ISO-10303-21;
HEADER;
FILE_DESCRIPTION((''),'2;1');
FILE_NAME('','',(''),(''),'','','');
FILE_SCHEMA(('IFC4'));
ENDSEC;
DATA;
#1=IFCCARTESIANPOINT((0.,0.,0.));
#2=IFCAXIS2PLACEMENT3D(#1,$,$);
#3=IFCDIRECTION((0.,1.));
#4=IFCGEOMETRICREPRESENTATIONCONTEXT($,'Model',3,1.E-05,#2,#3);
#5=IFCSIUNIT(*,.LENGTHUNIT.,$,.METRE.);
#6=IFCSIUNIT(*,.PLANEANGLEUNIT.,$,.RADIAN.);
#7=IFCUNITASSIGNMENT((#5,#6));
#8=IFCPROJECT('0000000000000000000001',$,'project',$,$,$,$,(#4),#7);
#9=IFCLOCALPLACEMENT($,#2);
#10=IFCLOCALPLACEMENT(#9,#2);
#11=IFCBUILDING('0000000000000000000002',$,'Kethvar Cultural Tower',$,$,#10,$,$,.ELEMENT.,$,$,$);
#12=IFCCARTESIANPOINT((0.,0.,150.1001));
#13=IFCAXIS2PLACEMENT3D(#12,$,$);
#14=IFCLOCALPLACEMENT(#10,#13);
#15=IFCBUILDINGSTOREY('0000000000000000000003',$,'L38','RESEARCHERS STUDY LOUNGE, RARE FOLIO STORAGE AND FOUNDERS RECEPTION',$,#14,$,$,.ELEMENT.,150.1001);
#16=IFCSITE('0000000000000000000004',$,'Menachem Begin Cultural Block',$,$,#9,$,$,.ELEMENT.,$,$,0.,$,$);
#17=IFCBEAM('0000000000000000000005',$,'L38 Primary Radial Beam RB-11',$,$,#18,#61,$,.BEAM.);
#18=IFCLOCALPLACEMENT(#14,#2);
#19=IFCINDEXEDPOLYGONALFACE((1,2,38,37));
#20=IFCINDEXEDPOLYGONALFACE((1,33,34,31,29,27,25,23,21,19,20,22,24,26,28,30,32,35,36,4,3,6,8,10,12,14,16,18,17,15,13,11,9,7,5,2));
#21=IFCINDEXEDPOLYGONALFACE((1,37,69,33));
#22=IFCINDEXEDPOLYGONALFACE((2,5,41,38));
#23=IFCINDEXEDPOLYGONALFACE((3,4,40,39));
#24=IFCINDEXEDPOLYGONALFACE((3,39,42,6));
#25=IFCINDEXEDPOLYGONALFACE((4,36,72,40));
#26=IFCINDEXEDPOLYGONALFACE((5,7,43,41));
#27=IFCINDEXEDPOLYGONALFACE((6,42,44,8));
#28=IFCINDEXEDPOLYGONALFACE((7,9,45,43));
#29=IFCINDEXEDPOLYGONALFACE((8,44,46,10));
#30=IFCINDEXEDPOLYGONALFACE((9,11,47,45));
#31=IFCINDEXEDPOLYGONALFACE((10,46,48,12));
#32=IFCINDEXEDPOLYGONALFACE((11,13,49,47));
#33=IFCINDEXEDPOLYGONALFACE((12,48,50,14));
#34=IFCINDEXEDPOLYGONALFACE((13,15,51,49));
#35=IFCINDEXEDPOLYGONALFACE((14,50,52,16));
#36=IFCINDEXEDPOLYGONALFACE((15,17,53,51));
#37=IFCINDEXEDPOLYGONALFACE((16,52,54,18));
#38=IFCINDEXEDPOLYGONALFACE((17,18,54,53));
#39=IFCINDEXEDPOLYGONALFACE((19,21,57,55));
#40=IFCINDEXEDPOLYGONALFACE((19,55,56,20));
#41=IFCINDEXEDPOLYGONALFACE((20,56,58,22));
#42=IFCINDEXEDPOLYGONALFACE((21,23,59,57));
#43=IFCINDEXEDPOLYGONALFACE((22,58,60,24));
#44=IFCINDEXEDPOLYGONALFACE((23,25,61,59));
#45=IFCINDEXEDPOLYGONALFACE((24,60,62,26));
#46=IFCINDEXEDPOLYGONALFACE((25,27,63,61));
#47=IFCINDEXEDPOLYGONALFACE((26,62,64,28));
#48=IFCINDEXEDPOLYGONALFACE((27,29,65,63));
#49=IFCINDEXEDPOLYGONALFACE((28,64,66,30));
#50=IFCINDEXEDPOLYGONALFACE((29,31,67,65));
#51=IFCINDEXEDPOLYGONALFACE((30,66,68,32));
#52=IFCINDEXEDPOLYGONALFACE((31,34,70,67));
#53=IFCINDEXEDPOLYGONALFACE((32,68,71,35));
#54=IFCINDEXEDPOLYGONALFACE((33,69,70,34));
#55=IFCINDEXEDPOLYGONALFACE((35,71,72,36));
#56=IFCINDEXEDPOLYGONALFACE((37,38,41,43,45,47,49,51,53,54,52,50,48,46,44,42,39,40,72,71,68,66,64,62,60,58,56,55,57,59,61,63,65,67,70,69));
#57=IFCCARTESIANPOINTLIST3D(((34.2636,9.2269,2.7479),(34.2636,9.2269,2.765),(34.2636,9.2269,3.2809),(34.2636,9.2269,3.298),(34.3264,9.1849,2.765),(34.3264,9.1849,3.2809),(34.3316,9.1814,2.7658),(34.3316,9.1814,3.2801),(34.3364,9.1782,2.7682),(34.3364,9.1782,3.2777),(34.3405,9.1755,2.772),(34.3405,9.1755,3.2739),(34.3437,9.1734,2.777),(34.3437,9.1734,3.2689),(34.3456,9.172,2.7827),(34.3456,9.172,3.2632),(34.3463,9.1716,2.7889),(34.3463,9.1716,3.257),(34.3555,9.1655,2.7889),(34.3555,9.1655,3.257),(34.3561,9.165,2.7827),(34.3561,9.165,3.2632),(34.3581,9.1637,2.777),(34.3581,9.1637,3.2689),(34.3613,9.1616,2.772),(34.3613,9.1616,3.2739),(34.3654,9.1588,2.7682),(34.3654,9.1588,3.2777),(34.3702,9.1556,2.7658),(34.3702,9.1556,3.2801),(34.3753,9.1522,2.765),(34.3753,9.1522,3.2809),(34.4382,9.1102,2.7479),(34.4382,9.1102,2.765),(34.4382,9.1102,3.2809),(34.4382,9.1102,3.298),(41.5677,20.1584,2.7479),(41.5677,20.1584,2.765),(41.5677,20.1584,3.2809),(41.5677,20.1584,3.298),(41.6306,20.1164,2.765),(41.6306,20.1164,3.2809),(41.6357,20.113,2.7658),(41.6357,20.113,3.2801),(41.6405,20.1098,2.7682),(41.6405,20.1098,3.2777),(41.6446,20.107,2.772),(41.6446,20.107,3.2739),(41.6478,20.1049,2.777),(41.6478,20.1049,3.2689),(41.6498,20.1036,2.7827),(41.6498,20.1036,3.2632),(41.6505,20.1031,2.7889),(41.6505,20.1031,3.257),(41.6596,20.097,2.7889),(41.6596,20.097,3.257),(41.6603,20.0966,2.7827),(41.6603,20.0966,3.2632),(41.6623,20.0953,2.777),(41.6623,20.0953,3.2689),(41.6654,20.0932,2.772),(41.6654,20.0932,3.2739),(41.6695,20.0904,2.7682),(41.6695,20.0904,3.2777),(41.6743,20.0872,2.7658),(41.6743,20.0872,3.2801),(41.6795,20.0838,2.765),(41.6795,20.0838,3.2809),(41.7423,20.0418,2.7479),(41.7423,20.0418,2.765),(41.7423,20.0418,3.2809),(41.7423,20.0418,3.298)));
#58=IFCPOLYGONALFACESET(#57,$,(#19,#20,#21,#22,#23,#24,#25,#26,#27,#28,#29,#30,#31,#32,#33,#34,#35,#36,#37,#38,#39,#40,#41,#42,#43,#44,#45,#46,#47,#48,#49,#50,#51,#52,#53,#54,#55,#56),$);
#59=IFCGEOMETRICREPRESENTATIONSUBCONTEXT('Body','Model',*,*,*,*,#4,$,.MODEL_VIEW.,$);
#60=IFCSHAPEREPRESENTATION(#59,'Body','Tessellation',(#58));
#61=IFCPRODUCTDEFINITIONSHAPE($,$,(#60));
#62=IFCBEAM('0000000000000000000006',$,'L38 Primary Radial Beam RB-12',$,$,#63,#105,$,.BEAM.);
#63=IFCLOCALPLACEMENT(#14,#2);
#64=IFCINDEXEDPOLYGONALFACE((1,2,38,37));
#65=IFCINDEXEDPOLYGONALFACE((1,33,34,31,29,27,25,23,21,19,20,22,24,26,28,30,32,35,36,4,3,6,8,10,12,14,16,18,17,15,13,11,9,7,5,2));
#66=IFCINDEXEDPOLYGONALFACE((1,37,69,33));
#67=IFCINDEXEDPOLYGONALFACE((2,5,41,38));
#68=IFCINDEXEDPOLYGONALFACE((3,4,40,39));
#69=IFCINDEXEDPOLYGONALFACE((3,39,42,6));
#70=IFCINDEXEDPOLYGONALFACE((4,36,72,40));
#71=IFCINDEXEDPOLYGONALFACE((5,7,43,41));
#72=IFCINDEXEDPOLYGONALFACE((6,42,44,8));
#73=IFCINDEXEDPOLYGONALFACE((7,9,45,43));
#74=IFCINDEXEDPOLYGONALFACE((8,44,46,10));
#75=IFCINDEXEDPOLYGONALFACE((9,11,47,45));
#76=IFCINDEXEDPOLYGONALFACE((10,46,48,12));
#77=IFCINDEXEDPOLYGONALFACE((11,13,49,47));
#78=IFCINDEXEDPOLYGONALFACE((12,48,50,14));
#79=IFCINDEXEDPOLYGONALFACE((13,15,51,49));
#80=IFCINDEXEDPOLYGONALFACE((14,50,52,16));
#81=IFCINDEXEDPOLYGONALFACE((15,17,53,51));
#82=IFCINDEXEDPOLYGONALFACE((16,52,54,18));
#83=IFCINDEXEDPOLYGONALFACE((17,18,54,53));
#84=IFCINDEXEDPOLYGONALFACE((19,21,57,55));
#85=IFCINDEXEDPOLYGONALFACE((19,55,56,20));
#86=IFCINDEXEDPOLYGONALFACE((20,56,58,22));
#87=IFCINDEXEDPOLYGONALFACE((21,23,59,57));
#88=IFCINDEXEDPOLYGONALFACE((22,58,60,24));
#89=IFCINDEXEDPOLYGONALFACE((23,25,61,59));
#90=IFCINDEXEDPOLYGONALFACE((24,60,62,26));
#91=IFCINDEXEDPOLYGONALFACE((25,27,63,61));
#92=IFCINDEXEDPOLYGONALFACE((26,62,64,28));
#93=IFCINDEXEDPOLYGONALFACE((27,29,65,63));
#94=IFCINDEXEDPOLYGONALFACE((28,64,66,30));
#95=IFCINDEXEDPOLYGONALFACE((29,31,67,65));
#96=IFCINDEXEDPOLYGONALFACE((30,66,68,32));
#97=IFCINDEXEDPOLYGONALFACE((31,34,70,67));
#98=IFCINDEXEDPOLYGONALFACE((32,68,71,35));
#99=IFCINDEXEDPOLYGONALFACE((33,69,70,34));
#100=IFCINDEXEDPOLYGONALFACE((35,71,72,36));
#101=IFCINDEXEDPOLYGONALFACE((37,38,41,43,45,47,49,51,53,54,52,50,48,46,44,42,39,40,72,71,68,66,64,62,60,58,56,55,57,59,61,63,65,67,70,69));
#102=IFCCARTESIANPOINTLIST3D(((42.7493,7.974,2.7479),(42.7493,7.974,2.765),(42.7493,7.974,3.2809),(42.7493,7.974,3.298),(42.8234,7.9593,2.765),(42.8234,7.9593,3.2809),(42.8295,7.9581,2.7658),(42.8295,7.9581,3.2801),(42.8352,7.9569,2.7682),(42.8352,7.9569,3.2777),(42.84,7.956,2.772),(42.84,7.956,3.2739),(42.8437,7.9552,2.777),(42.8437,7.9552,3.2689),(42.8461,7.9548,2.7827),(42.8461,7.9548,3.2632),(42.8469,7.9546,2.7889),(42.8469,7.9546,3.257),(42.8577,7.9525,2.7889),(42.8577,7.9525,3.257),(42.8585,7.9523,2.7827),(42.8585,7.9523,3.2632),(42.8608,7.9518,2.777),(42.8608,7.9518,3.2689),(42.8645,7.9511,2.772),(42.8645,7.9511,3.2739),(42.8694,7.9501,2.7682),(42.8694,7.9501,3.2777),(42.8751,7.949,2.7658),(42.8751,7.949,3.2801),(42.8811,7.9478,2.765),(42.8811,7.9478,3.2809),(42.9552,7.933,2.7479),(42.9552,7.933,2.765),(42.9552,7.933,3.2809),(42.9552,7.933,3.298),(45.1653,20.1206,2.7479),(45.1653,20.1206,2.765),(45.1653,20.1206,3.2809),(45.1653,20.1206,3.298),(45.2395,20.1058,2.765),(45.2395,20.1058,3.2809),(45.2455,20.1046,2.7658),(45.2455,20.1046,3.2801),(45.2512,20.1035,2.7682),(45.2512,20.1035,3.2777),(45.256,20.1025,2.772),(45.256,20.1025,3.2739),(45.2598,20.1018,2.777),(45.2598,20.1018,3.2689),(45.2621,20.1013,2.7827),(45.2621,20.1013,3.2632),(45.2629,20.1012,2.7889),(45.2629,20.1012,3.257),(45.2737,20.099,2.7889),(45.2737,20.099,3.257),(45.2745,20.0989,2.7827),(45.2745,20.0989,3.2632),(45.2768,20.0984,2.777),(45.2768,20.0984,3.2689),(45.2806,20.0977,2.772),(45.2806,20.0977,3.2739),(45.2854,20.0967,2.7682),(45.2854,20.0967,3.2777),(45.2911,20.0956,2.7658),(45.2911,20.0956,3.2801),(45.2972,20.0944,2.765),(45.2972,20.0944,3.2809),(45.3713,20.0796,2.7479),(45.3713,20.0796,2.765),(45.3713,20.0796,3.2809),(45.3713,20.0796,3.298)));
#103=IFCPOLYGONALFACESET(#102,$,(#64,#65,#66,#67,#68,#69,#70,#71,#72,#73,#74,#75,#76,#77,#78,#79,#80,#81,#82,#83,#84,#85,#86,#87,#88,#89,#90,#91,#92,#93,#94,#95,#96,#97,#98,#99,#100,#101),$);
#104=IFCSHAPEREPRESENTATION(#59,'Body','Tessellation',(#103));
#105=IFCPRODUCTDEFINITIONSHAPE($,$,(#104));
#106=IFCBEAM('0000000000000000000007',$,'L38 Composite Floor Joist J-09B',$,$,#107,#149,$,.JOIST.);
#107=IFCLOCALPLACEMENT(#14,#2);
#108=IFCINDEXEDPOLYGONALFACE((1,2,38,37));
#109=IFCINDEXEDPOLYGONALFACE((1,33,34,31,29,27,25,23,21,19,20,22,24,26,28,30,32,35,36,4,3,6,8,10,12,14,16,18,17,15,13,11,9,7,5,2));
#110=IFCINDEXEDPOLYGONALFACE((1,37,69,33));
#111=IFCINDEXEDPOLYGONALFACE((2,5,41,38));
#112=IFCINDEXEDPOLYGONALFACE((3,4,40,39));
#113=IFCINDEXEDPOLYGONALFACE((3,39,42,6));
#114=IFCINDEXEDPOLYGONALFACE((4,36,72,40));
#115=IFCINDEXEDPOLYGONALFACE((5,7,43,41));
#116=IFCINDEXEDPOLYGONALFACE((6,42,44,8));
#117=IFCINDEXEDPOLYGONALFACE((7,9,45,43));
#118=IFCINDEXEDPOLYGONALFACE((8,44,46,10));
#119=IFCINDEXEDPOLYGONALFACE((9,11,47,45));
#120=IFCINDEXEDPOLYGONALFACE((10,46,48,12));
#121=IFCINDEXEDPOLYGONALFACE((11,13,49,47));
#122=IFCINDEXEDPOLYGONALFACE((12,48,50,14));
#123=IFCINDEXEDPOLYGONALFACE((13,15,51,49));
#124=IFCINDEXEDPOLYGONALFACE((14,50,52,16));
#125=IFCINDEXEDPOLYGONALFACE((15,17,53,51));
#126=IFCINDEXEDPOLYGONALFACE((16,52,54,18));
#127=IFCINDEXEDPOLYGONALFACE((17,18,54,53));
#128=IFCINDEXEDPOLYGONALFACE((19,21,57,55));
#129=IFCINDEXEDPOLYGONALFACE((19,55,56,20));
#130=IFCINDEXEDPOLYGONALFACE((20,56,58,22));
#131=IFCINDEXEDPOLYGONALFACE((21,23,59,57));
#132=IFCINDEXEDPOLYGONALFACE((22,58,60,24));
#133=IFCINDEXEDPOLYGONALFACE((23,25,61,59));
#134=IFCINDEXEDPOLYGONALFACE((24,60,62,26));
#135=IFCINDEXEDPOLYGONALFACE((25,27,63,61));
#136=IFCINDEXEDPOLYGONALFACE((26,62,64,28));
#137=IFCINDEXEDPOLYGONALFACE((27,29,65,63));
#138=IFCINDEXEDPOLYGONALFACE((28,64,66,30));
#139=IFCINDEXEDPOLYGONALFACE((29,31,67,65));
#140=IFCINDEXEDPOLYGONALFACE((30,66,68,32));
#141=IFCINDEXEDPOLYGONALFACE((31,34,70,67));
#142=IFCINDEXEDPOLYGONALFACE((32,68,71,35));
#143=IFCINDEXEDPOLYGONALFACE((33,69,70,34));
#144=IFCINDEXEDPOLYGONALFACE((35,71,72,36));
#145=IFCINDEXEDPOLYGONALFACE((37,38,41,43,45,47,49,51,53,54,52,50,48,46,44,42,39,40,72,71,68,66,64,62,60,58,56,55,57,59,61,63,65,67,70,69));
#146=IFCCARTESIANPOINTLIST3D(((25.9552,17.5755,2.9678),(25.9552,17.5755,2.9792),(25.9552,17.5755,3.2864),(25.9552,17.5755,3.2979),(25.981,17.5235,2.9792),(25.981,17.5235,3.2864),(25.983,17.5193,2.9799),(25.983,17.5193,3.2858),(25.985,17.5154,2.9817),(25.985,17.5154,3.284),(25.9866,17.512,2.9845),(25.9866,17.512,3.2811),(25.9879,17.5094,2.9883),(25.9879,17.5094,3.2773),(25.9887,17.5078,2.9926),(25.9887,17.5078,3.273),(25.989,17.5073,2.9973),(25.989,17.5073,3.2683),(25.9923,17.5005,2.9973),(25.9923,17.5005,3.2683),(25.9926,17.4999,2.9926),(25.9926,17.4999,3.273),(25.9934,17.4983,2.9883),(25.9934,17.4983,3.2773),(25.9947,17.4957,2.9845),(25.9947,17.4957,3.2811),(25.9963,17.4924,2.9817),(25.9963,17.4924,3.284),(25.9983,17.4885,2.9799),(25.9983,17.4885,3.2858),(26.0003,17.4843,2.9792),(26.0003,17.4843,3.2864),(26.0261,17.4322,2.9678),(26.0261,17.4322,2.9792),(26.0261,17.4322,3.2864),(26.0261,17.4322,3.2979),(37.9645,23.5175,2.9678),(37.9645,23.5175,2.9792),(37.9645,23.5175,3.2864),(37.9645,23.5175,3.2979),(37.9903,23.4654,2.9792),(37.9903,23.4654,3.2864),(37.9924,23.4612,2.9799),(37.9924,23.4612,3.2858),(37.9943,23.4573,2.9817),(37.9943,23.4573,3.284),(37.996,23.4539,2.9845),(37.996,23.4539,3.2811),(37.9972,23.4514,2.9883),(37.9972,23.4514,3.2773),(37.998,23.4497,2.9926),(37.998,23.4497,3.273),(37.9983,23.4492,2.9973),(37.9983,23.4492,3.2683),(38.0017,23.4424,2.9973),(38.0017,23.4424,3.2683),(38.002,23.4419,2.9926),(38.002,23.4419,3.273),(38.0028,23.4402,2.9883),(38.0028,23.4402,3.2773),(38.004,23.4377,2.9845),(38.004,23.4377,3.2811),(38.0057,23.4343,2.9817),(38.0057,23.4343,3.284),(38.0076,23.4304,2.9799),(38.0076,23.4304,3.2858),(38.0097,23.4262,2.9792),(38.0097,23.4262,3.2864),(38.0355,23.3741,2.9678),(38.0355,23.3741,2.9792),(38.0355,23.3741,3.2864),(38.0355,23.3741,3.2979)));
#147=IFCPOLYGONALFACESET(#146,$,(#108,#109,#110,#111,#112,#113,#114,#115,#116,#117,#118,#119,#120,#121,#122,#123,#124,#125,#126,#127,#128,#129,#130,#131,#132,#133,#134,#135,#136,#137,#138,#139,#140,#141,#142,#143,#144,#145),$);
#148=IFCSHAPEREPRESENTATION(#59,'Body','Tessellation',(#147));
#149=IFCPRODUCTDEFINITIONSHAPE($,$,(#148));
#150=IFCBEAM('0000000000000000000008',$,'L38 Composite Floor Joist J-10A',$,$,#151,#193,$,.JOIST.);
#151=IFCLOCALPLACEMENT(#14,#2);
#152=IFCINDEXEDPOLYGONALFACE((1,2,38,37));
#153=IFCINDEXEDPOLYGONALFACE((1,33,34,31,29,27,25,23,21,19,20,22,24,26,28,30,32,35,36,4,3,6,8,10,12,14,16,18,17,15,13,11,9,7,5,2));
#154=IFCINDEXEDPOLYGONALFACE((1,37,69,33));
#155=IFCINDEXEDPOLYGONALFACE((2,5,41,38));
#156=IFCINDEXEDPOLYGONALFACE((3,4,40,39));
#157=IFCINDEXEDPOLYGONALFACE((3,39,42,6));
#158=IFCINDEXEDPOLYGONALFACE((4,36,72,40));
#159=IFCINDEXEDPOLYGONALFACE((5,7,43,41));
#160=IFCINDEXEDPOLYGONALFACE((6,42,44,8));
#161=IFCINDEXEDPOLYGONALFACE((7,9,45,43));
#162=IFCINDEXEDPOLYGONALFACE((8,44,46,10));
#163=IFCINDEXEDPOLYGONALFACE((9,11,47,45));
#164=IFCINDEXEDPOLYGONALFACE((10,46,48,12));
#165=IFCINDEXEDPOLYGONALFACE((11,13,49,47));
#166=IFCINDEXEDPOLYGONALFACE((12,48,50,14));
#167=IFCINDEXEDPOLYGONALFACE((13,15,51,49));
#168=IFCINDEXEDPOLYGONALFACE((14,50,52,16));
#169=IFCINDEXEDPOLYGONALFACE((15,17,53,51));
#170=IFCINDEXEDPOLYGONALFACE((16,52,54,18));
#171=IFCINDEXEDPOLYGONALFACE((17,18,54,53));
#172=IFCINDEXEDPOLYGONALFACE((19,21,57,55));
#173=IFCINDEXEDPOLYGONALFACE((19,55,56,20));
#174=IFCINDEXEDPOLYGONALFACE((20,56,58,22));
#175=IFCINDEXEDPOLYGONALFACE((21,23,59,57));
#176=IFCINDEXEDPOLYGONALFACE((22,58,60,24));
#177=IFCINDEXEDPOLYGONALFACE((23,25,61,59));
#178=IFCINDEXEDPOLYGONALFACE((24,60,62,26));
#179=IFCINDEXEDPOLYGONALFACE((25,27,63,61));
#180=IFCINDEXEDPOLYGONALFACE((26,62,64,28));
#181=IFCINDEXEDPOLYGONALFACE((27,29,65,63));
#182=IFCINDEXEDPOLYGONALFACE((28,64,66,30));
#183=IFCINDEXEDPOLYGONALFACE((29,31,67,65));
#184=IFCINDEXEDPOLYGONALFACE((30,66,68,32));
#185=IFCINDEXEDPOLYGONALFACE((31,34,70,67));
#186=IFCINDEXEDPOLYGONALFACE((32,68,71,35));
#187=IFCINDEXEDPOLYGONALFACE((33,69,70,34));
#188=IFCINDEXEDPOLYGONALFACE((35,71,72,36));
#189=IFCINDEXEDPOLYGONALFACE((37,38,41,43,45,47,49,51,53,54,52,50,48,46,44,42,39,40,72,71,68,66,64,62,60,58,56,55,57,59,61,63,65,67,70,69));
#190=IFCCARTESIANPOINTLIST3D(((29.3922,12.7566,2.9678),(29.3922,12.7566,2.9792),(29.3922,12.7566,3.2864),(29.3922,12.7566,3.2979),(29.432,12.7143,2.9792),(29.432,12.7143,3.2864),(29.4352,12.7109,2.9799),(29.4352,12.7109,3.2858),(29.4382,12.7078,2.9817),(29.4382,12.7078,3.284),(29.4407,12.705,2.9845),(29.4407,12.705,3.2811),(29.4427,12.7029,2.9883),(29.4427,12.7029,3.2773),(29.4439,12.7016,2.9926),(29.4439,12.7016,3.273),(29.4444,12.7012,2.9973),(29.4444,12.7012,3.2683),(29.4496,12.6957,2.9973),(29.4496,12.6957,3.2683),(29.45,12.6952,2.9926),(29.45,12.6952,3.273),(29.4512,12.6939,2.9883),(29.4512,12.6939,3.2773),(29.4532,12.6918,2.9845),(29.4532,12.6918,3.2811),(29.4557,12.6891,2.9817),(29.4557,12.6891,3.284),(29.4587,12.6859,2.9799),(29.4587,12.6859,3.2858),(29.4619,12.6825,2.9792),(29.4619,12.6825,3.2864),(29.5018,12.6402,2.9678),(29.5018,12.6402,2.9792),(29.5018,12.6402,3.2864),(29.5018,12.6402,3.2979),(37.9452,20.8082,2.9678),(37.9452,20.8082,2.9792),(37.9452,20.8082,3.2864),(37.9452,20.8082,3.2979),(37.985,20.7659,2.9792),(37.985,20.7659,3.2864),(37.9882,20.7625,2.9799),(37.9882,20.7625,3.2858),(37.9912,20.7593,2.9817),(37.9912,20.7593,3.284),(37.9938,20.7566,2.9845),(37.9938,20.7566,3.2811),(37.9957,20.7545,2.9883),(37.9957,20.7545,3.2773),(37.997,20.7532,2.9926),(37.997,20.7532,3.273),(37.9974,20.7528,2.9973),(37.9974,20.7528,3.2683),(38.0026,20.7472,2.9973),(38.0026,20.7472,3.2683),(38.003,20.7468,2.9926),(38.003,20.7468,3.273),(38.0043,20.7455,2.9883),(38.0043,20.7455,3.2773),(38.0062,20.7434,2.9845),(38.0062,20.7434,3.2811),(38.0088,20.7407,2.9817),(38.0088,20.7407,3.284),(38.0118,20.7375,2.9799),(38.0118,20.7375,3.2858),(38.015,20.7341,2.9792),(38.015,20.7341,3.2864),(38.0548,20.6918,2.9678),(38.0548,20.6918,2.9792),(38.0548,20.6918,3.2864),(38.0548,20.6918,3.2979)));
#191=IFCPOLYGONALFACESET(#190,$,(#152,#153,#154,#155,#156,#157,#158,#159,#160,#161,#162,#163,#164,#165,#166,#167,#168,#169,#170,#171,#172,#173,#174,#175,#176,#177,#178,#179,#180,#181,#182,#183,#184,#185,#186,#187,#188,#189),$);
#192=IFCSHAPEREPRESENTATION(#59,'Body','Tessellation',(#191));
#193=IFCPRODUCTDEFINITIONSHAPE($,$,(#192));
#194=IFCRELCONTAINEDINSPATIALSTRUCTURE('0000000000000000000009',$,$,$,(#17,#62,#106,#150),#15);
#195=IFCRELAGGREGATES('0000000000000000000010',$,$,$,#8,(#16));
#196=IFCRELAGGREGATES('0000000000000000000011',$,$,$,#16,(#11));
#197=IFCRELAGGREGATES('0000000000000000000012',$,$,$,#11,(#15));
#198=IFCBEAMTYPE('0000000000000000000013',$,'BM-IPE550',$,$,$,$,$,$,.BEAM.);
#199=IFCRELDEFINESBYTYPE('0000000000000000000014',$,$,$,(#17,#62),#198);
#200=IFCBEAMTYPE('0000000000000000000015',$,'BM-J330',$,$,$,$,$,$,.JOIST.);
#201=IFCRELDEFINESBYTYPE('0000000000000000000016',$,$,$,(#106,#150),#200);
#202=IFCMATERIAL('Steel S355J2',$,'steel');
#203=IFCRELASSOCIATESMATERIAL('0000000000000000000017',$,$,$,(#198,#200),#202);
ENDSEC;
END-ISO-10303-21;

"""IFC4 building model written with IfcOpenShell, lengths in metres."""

from ifc_helpers import new_model, si_unit, direction, frame, origin, origin_2d, place, context, subcontext, project, spatial, i_section, extrude, source, transform, mapped, material, material_profile, profile_set, type_object, element, save


model = new_model("IFC4")

# Units and contexts
model_context = context("Model", 3, precision=1e-05, world=origin(), true_north=direction((0.0, 1.0)))
body_context = subcontext(model_context, "Body", "Model", "MODEL_VIEW")
ifc_project = project(units=[si_unit("LENGTHUNIT", "METRE"), si_unit("PLANEANGLEUNIT", "RADIAN")], contexts=[model_context])

# Site, building, storey
site_placement = place(None, origin())
site = spatial("IfcSite", under=ifc_project, at=site_placement, Name="Menachem Begin Cultural Block", CompositionType="ELEMENT", RefElevation=0.0)
building_placement = place(site_placement, origin())
building = spatial("IfcBuilding", under=site, at=building_placement, Name="Kethvar Cultural Tower", CompositionType="ELEMENT")
storey_placement = place(building_placement, frame((0.0, 0.0, 150.1001)))
storey = spatial("IfcBuildingStorey", under=building, at=storey_placement, Name="L38", Description="RESEARCHERS STUDY LOUNGE, RARE FOLIO STORAGE AND FOUNDERS RECEPTION", CompositionType="ELEMENT", Elevation=150.1001)

# Beams
ifc_material_1 = material(Name="Steel S355J2", Category="steel")
ifc_material_profile_1 = material_profile(ifc_material_1, i_section(OverallWidth=0.21, OverallDepth=0.55, WebThickness=0.011, FlangeThickness=0.0171, FilletRadius=0.0239, at=origin_2d()), Name="Steel S355J2 — IPE550")
ifc_profile_set_1 = profile_set([ifc_material_profile_1], Name="Steel S355J2 — IPE550")
beam_type_1 = type_object("IfcBeamType", Name="BM-IPE550", PredefinedType="BEAM", material=ifc_profile_set_1)
shared_shape_1 = source(origin(), body_context, "Body", "SweptSolid", [
    extrude(i_section(OverallWidth=0.21, OverallDepth=0.55, WebThickness=0.011, FlangeThickness=0.0171, FilletRadius=0.0239, at=origin_2d()), origin(), (0.0, 0.0, 1.0), 13.1472),
])
beam_1_placement = place(storey_placement, frame((41.655, 20.1001, 3.0229), z_axis=(-0.555566, -0.831473, 0.0), x_axis=(0.831473, -0.555566, 0.0)))
element("IfcBeam", 1, at=beam_1_placement, inside=storey, type_object=beam_type_1, Name="L38 Primary Radial Beam RB-11", PredefinedType="BEAM", context=body_context, shape_type="MappedRepresentation", body=[
    mapped(shared_shape_1, transform((0.0, 0.0, 0.0), scale=1.0)),
])
shared_shape_2 = source(origin(), body_context, "Body", "SweptSolid", [
    extrude(i_section(OverallWidth=0.21, OverallDepth=0.55, WebThickness=0.011, FlangeThickness=0.0171, FilletRadius=0.0239, at=origin_2d()), origin(), (0.0, 0.0, 1.0), 12.3845),
])
beam_2_placement = place(storey_placement, frame((45.2683, 20.1001, 3.0229), z_axis=(-0.195085, -0.980786, 0.0), x_axis=(0.980786, -0.195085, 0.0)))
element("IfcBeam", 2, at=beam_2_placement, inside=storey, type_object=beam_type_1, Name="L38 Primary Radial Beam RB-12", PredefinedType="BEAM", context=body_context, shape_type="MappedRepresentation", body=[
    mapped(shared_shape_2, transform((0.0, 0.0, 0.0), scale=1.0)),
])
ifc_material_profile_2 = material_profile(ifc_material_1, i_section(OverallWidth=0.1599, OverallDepth=0.3301, WebThickness=0.0076, FlangeThickness=0.0115, FilletRadius=0.0181, at=origin_2d()), Name="Steel S355J2 — IPE330")
ifc_profile_set_2 = profile_set([ifc_material_profile_2], Name="Steel S355J2 — IPE330")
beam_type_2 = type_object("IfcBeamType", Name="BM-J330", PredefinedType="JOIST", material=ifc_profile_set_2)
shared_shape_3 = source(origin(), body_context, "Body", "SweptSolid", [
    extrude(i_section(OverallWidth=0.1599, OverallDepth=0.3301, WebThickness=0.0076, FlangeThickness=0.0115, FilletRadius=0.0181, at=origin_2d()), origin(), (0.0, 0.0, 1.0), 13.3989),
])
beam_3_placement = place(storey_placement, frame((38.0, 23.4458, 3.1328), z_axis=(-0.896292, -0.443463, 0.0), x_axis=(0.443463, -0.896292, 0.0)))
element("IfcBeam", 3, at=beam_3_placement, inside=storey, type_object=beam_type_2, Name="L38 Composite Floor Joist J-09B", PredefinedType="JOIST", context=body_context, shape_type="MappedRepresentation", body=[
    mapped(shared_shape_3, transform((0.0, 0.0, 0.0), scale=1.0)),
])
shared_shape_4 = source(origin(), body_context, "Body", "SweptSolid", [
    extrude(i_section(OverallWidth=0.1599, OverallDepth=0.3301, WebThickness=0.0076, FlangeThickness=0.0115, FilletRadius=0.0181, at=origin_2d()), origin(), (0.0, 0.0, 1.0), 11.7466),
])
beam_4_placement = place(storey_placement, frame((38.0, 20.75, 3.1328), z_axis=(-0.72813, -0.685439, 0.0), x_axis=(0.685439, -0.72813, 0.0)))
element("IfcBeam", 4, at=beam_4_placement, inside=storey, type_object=beam_type_2, Name="L38 Composite Floor Joist J-10A", PredefinedType="JOIST", context=body_context, shape_type="MappedRepresentation", body=[
    mapped(shared_shape_4, transform((0.0, 0.0, 0.0), scale=1.0)),
])

save(model, "model.ifc")
